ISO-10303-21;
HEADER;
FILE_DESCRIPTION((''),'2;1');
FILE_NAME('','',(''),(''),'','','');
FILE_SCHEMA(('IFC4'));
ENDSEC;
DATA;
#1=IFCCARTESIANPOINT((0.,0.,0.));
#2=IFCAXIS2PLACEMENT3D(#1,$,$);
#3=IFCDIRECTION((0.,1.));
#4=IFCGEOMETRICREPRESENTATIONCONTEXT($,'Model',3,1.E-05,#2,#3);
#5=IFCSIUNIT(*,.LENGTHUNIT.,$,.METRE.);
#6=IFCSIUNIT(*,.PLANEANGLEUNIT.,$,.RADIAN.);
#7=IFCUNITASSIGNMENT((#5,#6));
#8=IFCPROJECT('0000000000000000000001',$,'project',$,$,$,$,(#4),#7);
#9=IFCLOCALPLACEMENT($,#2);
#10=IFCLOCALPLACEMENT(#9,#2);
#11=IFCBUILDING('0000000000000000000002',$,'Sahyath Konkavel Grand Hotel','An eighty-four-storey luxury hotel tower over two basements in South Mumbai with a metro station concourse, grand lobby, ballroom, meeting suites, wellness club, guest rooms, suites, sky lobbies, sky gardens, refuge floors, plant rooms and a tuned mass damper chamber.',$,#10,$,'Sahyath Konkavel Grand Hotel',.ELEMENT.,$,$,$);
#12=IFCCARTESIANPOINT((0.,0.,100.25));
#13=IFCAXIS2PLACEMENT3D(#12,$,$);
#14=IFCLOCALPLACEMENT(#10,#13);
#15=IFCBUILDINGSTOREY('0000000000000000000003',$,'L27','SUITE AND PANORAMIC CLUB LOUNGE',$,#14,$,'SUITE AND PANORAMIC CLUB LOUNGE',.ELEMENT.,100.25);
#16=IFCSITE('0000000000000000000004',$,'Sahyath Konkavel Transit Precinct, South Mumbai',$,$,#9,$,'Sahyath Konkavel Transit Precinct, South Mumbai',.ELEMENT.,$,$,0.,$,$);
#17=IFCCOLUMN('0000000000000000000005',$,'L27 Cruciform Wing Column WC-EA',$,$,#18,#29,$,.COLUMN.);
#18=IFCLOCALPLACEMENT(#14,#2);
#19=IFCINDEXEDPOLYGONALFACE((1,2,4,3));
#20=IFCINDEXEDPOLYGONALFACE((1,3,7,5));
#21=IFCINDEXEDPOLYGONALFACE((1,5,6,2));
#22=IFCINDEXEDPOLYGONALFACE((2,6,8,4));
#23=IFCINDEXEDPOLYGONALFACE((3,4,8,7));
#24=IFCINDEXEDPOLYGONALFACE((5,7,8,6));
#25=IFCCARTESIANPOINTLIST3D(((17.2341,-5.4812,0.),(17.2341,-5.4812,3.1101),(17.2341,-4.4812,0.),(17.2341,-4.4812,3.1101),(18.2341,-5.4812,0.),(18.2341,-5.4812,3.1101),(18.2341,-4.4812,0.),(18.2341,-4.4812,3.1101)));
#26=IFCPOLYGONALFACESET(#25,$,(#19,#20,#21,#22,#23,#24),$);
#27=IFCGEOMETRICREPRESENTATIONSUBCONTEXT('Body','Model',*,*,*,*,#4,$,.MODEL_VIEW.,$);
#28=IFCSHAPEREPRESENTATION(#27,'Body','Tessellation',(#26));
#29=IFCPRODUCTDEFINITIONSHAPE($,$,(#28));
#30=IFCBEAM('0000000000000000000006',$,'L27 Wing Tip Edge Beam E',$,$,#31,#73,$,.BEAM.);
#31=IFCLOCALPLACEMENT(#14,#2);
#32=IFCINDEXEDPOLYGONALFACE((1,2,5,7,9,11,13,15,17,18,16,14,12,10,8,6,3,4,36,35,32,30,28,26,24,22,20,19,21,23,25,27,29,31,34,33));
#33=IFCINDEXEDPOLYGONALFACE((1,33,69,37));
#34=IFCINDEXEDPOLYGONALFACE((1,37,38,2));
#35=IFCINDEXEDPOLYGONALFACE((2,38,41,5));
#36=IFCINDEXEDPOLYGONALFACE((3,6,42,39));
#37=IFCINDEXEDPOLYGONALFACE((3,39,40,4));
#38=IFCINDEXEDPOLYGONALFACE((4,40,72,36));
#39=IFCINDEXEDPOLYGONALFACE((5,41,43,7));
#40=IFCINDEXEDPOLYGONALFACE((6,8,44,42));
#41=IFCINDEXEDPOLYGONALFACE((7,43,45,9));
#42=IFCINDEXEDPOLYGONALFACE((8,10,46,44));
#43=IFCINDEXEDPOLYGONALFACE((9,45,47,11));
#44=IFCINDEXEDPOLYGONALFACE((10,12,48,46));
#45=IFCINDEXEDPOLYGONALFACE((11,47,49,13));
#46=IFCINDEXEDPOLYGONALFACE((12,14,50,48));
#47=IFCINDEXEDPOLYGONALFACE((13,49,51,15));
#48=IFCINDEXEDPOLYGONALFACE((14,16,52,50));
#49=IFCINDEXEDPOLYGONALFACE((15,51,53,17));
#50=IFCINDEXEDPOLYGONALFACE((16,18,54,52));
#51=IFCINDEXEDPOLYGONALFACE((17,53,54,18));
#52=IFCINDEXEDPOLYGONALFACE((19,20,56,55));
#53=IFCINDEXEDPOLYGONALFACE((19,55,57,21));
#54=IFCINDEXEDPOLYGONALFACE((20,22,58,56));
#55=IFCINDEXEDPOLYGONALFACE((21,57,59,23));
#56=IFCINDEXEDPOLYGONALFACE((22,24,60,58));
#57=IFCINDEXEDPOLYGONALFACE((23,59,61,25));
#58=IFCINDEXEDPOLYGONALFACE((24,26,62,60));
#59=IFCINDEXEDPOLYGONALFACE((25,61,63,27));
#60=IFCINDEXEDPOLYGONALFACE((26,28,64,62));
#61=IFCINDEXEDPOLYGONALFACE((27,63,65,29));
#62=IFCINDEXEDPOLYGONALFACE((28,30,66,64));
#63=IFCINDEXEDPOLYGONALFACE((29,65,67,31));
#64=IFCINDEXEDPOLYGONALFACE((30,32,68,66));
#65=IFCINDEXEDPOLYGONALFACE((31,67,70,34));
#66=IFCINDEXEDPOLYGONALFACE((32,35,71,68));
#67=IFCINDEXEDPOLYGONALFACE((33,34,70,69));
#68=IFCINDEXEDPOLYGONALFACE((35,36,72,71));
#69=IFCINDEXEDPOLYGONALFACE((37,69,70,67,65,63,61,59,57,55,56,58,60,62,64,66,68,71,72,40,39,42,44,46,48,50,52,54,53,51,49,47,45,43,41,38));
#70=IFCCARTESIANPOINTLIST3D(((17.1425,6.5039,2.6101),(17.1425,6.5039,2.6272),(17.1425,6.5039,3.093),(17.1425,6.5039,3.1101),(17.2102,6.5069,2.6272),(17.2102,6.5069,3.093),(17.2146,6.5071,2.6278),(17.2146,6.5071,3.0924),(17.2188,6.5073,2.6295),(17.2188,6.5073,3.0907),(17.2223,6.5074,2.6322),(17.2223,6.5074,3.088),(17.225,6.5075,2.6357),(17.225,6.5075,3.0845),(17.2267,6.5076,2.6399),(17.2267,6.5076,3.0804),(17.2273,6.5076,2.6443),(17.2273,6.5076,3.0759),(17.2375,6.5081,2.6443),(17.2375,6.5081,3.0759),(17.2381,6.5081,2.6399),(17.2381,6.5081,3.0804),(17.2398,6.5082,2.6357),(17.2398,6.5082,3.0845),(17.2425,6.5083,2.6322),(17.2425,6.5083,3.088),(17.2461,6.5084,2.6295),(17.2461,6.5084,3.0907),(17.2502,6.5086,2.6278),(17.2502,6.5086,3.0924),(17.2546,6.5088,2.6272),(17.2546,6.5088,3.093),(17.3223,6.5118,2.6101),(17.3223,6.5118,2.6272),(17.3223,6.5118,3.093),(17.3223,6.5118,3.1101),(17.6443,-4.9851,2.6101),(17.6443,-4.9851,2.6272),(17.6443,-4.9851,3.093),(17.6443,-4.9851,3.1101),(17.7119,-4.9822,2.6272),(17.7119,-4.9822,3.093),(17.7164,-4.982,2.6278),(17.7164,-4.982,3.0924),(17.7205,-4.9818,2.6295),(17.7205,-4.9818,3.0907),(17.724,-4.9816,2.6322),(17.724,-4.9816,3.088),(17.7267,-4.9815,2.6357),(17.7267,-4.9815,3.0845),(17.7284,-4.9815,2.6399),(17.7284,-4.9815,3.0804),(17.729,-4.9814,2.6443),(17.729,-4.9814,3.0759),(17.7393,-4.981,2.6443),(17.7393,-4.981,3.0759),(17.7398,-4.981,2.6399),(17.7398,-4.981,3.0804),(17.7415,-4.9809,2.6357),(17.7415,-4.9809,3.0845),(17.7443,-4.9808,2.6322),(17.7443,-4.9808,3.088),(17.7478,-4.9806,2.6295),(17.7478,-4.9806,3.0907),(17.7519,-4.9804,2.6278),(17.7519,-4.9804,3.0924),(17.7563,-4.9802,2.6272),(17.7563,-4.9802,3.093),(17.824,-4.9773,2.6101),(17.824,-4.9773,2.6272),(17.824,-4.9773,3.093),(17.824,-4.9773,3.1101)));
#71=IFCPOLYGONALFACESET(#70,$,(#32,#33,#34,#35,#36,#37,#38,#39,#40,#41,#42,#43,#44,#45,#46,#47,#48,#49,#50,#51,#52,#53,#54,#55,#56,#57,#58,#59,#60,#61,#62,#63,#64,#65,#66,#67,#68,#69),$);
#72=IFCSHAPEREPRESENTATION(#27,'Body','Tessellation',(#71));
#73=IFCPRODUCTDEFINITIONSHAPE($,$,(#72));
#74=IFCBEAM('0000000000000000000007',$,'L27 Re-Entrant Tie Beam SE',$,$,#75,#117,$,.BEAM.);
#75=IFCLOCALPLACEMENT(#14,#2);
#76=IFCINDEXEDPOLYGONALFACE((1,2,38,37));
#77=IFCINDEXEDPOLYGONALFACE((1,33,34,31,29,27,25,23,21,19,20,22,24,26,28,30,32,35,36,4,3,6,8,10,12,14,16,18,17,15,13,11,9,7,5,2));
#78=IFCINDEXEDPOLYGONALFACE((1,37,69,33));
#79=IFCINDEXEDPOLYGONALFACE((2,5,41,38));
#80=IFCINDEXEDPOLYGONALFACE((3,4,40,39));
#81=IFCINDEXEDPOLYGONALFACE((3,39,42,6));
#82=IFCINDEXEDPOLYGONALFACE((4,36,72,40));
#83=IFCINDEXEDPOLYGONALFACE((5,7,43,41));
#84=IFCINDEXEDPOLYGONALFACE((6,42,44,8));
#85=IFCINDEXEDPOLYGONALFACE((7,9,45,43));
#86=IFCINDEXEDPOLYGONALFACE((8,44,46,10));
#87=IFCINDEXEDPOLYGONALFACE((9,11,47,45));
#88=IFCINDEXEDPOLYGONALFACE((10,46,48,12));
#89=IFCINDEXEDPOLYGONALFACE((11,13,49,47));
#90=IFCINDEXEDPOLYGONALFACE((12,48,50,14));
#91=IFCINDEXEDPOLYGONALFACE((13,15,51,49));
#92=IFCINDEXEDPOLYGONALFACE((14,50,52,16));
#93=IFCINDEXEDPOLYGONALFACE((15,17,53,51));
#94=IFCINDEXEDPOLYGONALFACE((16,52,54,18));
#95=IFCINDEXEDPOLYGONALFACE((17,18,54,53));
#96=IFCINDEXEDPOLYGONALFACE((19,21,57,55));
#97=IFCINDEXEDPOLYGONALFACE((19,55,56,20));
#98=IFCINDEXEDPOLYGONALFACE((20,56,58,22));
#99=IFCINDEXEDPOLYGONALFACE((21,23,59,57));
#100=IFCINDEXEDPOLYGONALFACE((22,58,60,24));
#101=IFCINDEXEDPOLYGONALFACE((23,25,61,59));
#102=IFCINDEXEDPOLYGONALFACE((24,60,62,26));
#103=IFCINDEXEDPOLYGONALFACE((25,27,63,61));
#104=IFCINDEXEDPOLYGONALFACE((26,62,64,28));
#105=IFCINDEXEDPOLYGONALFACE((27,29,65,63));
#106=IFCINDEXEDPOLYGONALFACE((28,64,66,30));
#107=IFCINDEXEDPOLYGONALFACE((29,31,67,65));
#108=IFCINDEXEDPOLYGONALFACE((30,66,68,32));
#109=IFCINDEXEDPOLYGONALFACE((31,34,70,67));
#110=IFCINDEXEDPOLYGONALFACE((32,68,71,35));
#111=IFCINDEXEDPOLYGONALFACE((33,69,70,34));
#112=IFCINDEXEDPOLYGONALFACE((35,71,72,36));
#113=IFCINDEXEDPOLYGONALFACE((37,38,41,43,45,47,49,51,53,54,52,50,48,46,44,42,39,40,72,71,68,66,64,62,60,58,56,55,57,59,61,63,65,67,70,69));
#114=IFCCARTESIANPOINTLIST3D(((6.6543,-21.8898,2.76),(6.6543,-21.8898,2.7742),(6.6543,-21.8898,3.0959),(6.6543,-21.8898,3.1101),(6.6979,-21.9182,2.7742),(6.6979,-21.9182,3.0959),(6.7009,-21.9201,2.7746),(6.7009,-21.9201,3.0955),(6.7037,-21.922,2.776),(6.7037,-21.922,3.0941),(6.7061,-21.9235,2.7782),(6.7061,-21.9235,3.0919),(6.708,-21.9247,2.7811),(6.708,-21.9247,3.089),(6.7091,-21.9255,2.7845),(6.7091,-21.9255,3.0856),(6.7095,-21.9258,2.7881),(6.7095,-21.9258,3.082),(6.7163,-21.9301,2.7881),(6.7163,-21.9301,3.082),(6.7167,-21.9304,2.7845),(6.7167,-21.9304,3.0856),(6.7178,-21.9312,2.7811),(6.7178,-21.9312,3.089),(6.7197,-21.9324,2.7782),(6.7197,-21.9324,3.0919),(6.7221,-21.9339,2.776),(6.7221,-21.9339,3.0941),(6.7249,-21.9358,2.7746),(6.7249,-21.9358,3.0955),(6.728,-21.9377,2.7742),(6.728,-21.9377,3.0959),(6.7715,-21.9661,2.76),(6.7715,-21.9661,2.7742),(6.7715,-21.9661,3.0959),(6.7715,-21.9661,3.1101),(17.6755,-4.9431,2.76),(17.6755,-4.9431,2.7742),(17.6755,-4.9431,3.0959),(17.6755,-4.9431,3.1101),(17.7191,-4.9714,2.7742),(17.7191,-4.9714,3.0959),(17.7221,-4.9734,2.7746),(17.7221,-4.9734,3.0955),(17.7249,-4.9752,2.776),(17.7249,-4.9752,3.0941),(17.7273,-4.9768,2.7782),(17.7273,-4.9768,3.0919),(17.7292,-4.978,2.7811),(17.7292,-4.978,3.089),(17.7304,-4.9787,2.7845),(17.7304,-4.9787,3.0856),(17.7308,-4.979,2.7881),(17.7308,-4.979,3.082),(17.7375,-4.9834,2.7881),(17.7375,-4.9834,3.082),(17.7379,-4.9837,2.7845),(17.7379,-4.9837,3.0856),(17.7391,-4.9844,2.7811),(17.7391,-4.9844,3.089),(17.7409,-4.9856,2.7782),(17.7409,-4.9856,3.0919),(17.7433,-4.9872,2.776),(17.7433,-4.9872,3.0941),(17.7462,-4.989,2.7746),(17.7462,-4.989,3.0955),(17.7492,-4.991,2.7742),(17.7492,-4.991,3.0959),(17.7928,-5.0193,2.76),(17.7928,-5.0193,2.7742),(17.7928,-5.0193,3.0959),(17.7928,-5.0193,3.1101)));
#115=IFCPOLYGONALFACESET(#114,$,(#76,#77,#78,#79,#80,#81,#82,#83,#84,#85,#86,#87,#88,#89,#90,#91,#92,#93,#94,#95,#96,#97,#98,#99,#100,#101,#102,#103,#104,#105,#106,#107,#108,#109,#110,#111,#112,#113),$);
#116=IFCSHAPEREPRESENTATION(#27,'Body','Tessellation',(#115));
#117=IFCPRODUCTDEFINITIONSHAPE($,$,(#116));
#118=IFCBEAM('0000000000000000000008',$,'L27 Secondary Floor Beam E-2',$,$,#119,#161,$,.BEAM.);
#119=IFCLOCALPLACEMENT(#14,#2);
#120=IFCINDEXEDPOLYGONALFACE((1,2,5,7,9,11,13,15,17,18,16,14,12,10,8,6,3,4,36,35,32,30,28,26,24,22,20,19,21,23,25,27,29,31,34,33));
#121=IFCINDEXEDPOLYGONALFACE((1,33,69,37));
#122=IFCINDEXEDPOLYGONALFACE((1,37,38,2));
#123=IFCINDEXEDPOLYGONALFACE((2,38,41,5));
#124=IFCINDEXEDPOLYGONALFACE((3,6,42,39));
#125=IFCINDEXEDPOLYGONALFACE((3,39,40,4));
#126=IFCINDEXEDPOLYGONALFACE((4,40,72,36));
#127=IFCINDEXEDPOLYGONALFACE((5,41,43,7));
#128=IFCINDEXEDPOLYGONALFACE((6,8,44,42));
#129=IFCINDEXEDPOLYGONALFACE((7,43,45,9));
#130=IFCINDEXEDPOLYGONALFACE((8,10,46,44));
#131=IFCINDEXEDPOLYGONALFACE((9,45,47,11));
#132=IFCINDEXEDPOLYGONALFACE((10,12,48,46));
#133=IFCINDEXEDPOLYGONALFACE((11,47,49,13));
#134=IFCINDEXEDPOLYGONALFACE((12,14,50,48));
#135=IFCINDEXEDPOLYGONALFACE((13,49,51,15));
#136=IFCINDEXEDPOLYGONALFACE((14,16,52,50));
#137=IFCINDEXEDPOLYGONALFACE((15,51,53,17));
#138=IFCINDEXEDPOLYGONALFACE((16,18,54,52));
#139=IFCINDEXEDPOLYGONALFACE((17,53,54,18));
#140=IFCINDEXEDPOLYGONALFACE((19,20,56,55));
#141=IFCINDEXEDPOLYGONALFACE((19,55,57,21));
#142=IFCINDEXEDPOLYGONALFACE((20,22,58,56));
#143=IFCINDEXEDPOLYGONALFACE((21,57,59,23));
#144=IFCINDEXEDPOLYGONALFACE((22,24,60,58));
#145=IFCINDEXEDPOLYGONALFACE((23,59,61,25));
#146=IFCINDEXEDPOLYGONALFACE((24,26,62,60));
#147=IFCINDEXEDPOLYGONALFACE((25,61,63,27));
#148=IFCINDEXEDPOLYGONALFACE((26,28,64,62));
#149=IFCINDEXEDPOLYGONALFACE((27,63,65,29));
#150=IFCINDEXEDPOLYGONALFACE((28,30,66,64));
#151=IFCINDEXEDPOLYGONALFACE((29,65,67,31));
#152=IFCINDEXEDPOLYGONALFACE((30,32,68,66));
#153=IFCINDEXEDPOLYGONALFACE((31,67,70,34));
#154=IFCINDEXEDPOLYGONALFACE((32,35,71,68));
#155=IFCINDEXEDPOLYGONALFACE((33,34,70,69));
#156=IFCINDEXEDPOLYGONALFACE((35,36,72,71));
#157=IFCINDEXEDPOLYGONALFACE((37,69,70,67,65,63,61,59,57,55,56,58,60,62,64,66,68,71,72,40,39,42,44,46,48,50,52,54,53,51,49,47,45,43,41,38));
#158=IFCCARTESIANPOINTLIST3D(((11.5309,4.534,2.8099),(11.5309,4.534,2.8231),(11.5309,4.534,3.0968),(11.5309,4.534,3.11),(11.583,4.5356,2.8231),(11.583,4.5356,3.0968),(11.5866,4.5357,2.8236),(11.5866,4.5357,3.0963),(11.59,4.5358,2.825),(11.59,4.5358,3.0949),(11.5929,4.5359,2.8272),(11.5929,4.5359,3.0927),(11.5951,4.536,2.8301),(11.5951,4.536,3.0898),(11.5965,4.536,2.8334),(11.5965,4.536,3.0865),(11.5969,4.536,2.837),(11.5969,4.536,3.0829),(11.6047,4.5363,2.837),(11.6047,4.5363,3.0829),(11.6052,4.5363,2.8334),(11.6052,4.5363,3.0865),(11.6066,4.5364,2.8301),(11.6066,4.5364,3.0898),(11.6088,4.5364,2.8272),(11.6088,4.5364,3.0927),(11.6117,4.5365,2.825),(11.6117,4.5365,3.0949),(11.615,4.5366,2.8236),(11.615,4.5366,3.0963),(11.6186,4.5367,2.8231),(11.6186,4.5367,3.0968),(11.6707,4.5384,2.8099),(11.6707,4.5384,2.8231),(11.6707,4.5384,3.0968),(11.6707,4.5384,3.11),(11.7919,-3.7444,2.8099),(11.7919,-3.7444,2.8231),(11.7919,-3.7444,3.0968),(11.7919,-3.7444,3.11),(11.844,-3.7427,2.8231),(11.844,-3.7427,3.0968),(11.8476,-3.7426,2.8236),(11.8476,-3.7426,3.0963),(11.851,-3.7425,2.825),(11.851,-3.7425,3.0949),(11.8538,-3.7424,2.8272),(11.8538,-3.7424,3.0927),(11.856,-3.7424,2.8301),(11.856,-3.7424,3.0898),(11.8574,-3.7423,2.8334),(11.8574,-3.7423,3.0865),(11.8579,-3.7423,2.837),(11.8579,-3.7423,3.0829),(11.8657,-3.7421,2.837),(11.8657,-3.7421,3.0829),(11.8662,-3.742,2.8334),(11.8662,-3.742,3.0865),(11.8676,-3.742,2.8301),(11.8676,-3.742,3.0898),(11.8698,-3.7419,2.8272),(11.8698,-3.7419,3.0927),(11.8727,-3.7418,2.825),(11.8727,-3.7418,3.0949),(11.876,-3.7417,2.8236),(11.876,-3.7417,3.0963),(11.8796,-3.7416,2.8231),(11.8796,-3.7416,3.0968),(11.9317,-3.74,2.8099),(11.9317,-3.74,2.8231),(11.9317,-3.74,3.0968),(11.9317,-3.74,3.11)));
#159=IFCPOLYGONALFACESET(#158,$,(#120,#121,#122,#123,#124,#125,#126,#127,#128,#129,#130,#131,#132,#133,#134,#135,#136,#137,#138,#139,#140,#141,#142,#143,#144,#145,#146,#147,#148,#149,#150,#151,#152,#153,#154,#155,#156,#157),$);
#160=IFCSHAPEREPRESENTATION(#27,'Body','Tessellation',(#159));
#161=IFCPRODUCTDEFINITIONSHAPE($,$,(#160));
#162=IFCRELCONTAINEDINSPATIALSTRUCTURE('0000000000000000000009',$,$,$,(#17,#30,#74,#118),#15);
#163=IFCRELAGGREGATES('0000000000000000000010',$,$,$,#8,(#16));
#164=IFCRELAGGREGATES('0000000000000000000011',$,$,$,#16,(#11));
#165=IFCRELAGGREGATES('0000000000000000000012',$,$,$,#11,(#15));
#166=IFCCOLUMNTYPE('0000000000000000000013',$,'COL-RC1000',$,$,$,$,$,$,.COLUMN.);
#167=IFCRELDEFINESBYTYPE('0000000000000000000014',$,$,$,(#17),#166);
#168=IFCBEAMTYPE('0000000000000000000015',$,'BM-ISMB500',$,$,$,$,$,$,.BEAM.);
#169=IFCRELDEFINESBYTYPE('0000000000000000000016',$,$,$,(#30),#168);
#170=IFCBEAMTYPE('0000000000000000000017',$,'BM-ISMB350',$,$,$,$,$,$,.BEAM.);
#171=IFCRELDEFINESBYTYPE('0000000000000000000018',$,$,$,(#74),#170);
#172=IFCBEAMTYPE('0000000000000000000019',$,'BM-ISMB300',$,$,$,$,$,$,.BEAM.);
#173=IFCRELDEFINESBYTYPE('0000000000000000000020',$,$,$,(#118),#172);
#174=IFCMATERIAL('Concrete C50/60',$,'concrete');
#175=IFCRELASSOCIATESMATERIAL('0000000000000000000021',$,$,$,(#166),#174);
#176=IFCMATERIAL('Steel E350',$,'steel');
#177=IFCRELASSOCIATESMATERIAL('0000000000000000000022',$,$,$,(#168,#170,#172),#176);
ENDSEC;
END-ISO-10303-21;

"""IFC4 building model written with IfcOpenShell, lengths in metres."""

from ifc_helpers import new_model, si_unit, direction, frame, origin, origin_2d, place, context, subcontext, project, spatial, rectangle, i_section, extrude, source, transform, mapped, material, material_profile, profile_set, type_object, element, save


model = new_model("IFC4")

# Units and contexts
model_context = context("Model", 3, precision=1e-05, world=origin(), true_north=direction((0.0, 1.0)))
body_context = subcontext(model_context, "Body", "Model", "MODEL_VIEW")
ifc_project = project(units=[si_unit("LENGTHUNIT", "METRE"), si_unit("PLANEANGLEUNIT", "RADIAN")], contexts=[model_context])

# Site, building, storey
site_placement = place(None, origin())
site = spatial("IfcSite", under=ifc_project, at=site_placement, Name="Sahyath Konkavel Transit Precinct, South Mumbai", LongName="Sahyath Konkavel Transit Precinct, South Mumbai", CompositionType="ELEMENT", RefElevation=0.0)
building_placement = place(site_placement, origin())
building = spatial("IfcBuilding", under=site, at=building_placement, Name="Sahyath Konkavel Grand Hotel", Description="An eighty-four-storey luxury hotel tower over two basements in South Mumbai with a metro station concourse, grand lobby, ballroom, meeting suites, wellness club, guest rooms, suites, sky lobbies, sky gardens, refuge floors, plant rooms and a tuned mass damper chamber.", LongName="Sahyath Konkavel Grand Hotel", CompositionType="ELEMENT")
storey_placement = place(building_placement, frame((0.0, 0.0, 100.25)))
storey = spatial("IfcBuildingStorey", under=building, at=storey_placement, Name="L27", Description="SUITE AND PANORAMIC CLUB LOUNGE", LongName="SUITE AND PANORAMIC CLUB LOUNGE", CompositionType="ELEMENT", Elevation=100.25)

# Column
ifc_material_1 = material(Name="Concrete C50/60", Category="concrete")
ifc_material_profile_1 = material_profile(ifc_material_1, rectangle(XDim=1.0, YDim=1.0, at=origin_2d()), Name="RC 1000x1000")
ifc_profile_set_1 = profile_set([ifc_material_profile_1], Name="Concrete C50/60")
column_type = type_object("IfcColumnType", Name="COL-RC1000", PredefinedType="COLUMN", material=ifc_profile_set_1)
shared_shape_1 = source(origin(), body_context, "Body", "SweptSolid", [
    extrude(rectangle(XDim=1.0, YDim=1.0, at=origin_2d()), origin(), (0.0, 0.0, 1.0), 3.1101),
])
column_placement = place(storey_placement, frame((17.7341, -4.9812, 0.0), z_axis=(0.0, 0.0, 1.0), x_axis=(1.0, 0.0, 0.0)))
element("IfcColumn", 1, at=column_placement, inside=storey, type_object=column_type, Name="L27 Cruciform Wing Column WC-EA", PredefinedType="COLUMN", context=body_context, shape_type="MappedRepresentation", body=[
    mapped(shared_shape_1, transform((0.0, 0.0, 0.0), scale=1.0)),
])

# Beams
ifc_material_2 = material(Name="Steel E350", Category="steel")
ifc_material_profile_2 = material_profile(ifc_material_2, i_section(OverallWidth=0.1799, OverallDepth=0.5, WebThickness=0.0103, FlangeThickness=0.0171, FilletRadius=0.0171, at=origin_2d()), Name="ISMB 500")
ifc_profile_set_2 = profile_set([ifc_material_profile_2], Name="Steel E350")
beam_type_1 = type_object("IfcBeamType", Name="BM-ISMB500", PredefinedType="BEAM", material=ifc_profile_set_2)
shared_shape_2 = source(origin(), body_context, "Body", "SweptSolid", [
    extrude(i_section(OverallWidth=0.1799, OverallDepth=0.5, WebThickness=0.0103, FlangeThickness=0.0171, FilletRadius=0.0171, at=origin_2d()), origin(), (0.0, 0.0, 1.0), 11.5),
])
beam_1_placement = place(storey_placement, frame((17.7341, -4.9812, 2.8601), z_axis=(-0.043627, 0.999048, 0.0), x_axis=(-0.999048, -0.043627, 0.0)))
element("IfcBeam", 2, at=beam_1_placement, inside=storey, type_object=beam_type_1, Name="L27 Wing Tip Edge Beam E", PredefinedType="BEAM", context=body_context, shape_type="MappedRepresentation", body=[
    mapped(shared_shape_2, transform((0.0, 0.0, 0.0), scale=1.0)),
])
ifc_material_profile_3 = material_profile(ifc_material_2, i_section(OverallWidth=0.1399, OverallDepth=0.3501, WebThickness=0.0081, FlangeThickness=0.0142, FilletRadius=0.0139, at=origin_2d()), Name="ISMB 350")
ifc_profile_set_3 = profile_set([ifc_material_profile_3], Name="Steel E350")
beam_type_2 = type_object("IfcBeamType", Name="BM-ISMB350", PredefinedType="BEAM", material=ifc_profile_set_3)
shared_shape_3 = source(origin(), body_context, "Body", "SweptSolid", [
    extrude(i_section(OverallWidth=0.1399, OverallDepth=0.3501, WebThickness=0.0081, FlangeThickness=0.0142, FilletRadius=0.0139, at=origin_2d()), origin(), (0.0, 0.0, 1.0), 20.2153),
])
beam_2_placement = place(storey_placement, frame((17.7341, -4.9812, 2.9351), z_axis=(-0.545191, -0.838312, 0.0), x_axis=(0.838312, -0.545191, 0.0)))
element("IfcBeam", 3, at=beam_2_placement, inside=storey, type_object=beam_type_2, Name="L27 Re-Entrant Tie Beam SE", PredefinedType="BEAM", context=body_context, shape_type="MappedRepresentation", body=[
    mapped(shared_shape_3, transform((0.0, 0.0, 0.0), scale=1.0)),
])
ifc_material_profile_4 = material_profile(ifc_material_2, i_section(OverallWidth=0.1399, OverallDepth=0.3, WebThickness=0.0078, FlangeThickness=0.0132, FilletRadius=0.0139, at=origin_2d()), Name="ISMB 300")
ifc_profile_set_4 = profile_set([ifc_material_profile_4], Name="Steel E350")
beam_type_3 = type_object("IfcBeamType", Name="BM-ISMB300", PredefinedType="BEAM", material=ifc_profile_set_4)
shared_shape_4 = source(origin(), body_context, "Body", "SweptSolid", [
    extrude(i_section(OverallWidth=0.1399, OverallDepth=0.3, WebThickness=0.0078, FlangeThickness=0.0132, FilletRadius=0.0139, at=origin_2d()), origin(), (0.0, 0.0, 1.0), 8.2825),
])
beam_3_placement = place(storey_placement, frame((11.8618, -3.7422, 2.96), z_axis=(-0.031511, 0.999503, 0.0), x_axis=(-0.999503, -0.031511, 0.0)))
element("IfcBeam", 4, at=beam_3_placement, inside=storey, type_object=beam_type_3, Name="L27 Secondary Floor Beam E-2", PredefinedType="BEAM", context=body_context, shape_type="MappedRepresentation", body=[
    mapped(shared_shape_4, transform((0.0, 0.0, 0.0), scale=1.0)),
])

save(model, "model.ifc")
